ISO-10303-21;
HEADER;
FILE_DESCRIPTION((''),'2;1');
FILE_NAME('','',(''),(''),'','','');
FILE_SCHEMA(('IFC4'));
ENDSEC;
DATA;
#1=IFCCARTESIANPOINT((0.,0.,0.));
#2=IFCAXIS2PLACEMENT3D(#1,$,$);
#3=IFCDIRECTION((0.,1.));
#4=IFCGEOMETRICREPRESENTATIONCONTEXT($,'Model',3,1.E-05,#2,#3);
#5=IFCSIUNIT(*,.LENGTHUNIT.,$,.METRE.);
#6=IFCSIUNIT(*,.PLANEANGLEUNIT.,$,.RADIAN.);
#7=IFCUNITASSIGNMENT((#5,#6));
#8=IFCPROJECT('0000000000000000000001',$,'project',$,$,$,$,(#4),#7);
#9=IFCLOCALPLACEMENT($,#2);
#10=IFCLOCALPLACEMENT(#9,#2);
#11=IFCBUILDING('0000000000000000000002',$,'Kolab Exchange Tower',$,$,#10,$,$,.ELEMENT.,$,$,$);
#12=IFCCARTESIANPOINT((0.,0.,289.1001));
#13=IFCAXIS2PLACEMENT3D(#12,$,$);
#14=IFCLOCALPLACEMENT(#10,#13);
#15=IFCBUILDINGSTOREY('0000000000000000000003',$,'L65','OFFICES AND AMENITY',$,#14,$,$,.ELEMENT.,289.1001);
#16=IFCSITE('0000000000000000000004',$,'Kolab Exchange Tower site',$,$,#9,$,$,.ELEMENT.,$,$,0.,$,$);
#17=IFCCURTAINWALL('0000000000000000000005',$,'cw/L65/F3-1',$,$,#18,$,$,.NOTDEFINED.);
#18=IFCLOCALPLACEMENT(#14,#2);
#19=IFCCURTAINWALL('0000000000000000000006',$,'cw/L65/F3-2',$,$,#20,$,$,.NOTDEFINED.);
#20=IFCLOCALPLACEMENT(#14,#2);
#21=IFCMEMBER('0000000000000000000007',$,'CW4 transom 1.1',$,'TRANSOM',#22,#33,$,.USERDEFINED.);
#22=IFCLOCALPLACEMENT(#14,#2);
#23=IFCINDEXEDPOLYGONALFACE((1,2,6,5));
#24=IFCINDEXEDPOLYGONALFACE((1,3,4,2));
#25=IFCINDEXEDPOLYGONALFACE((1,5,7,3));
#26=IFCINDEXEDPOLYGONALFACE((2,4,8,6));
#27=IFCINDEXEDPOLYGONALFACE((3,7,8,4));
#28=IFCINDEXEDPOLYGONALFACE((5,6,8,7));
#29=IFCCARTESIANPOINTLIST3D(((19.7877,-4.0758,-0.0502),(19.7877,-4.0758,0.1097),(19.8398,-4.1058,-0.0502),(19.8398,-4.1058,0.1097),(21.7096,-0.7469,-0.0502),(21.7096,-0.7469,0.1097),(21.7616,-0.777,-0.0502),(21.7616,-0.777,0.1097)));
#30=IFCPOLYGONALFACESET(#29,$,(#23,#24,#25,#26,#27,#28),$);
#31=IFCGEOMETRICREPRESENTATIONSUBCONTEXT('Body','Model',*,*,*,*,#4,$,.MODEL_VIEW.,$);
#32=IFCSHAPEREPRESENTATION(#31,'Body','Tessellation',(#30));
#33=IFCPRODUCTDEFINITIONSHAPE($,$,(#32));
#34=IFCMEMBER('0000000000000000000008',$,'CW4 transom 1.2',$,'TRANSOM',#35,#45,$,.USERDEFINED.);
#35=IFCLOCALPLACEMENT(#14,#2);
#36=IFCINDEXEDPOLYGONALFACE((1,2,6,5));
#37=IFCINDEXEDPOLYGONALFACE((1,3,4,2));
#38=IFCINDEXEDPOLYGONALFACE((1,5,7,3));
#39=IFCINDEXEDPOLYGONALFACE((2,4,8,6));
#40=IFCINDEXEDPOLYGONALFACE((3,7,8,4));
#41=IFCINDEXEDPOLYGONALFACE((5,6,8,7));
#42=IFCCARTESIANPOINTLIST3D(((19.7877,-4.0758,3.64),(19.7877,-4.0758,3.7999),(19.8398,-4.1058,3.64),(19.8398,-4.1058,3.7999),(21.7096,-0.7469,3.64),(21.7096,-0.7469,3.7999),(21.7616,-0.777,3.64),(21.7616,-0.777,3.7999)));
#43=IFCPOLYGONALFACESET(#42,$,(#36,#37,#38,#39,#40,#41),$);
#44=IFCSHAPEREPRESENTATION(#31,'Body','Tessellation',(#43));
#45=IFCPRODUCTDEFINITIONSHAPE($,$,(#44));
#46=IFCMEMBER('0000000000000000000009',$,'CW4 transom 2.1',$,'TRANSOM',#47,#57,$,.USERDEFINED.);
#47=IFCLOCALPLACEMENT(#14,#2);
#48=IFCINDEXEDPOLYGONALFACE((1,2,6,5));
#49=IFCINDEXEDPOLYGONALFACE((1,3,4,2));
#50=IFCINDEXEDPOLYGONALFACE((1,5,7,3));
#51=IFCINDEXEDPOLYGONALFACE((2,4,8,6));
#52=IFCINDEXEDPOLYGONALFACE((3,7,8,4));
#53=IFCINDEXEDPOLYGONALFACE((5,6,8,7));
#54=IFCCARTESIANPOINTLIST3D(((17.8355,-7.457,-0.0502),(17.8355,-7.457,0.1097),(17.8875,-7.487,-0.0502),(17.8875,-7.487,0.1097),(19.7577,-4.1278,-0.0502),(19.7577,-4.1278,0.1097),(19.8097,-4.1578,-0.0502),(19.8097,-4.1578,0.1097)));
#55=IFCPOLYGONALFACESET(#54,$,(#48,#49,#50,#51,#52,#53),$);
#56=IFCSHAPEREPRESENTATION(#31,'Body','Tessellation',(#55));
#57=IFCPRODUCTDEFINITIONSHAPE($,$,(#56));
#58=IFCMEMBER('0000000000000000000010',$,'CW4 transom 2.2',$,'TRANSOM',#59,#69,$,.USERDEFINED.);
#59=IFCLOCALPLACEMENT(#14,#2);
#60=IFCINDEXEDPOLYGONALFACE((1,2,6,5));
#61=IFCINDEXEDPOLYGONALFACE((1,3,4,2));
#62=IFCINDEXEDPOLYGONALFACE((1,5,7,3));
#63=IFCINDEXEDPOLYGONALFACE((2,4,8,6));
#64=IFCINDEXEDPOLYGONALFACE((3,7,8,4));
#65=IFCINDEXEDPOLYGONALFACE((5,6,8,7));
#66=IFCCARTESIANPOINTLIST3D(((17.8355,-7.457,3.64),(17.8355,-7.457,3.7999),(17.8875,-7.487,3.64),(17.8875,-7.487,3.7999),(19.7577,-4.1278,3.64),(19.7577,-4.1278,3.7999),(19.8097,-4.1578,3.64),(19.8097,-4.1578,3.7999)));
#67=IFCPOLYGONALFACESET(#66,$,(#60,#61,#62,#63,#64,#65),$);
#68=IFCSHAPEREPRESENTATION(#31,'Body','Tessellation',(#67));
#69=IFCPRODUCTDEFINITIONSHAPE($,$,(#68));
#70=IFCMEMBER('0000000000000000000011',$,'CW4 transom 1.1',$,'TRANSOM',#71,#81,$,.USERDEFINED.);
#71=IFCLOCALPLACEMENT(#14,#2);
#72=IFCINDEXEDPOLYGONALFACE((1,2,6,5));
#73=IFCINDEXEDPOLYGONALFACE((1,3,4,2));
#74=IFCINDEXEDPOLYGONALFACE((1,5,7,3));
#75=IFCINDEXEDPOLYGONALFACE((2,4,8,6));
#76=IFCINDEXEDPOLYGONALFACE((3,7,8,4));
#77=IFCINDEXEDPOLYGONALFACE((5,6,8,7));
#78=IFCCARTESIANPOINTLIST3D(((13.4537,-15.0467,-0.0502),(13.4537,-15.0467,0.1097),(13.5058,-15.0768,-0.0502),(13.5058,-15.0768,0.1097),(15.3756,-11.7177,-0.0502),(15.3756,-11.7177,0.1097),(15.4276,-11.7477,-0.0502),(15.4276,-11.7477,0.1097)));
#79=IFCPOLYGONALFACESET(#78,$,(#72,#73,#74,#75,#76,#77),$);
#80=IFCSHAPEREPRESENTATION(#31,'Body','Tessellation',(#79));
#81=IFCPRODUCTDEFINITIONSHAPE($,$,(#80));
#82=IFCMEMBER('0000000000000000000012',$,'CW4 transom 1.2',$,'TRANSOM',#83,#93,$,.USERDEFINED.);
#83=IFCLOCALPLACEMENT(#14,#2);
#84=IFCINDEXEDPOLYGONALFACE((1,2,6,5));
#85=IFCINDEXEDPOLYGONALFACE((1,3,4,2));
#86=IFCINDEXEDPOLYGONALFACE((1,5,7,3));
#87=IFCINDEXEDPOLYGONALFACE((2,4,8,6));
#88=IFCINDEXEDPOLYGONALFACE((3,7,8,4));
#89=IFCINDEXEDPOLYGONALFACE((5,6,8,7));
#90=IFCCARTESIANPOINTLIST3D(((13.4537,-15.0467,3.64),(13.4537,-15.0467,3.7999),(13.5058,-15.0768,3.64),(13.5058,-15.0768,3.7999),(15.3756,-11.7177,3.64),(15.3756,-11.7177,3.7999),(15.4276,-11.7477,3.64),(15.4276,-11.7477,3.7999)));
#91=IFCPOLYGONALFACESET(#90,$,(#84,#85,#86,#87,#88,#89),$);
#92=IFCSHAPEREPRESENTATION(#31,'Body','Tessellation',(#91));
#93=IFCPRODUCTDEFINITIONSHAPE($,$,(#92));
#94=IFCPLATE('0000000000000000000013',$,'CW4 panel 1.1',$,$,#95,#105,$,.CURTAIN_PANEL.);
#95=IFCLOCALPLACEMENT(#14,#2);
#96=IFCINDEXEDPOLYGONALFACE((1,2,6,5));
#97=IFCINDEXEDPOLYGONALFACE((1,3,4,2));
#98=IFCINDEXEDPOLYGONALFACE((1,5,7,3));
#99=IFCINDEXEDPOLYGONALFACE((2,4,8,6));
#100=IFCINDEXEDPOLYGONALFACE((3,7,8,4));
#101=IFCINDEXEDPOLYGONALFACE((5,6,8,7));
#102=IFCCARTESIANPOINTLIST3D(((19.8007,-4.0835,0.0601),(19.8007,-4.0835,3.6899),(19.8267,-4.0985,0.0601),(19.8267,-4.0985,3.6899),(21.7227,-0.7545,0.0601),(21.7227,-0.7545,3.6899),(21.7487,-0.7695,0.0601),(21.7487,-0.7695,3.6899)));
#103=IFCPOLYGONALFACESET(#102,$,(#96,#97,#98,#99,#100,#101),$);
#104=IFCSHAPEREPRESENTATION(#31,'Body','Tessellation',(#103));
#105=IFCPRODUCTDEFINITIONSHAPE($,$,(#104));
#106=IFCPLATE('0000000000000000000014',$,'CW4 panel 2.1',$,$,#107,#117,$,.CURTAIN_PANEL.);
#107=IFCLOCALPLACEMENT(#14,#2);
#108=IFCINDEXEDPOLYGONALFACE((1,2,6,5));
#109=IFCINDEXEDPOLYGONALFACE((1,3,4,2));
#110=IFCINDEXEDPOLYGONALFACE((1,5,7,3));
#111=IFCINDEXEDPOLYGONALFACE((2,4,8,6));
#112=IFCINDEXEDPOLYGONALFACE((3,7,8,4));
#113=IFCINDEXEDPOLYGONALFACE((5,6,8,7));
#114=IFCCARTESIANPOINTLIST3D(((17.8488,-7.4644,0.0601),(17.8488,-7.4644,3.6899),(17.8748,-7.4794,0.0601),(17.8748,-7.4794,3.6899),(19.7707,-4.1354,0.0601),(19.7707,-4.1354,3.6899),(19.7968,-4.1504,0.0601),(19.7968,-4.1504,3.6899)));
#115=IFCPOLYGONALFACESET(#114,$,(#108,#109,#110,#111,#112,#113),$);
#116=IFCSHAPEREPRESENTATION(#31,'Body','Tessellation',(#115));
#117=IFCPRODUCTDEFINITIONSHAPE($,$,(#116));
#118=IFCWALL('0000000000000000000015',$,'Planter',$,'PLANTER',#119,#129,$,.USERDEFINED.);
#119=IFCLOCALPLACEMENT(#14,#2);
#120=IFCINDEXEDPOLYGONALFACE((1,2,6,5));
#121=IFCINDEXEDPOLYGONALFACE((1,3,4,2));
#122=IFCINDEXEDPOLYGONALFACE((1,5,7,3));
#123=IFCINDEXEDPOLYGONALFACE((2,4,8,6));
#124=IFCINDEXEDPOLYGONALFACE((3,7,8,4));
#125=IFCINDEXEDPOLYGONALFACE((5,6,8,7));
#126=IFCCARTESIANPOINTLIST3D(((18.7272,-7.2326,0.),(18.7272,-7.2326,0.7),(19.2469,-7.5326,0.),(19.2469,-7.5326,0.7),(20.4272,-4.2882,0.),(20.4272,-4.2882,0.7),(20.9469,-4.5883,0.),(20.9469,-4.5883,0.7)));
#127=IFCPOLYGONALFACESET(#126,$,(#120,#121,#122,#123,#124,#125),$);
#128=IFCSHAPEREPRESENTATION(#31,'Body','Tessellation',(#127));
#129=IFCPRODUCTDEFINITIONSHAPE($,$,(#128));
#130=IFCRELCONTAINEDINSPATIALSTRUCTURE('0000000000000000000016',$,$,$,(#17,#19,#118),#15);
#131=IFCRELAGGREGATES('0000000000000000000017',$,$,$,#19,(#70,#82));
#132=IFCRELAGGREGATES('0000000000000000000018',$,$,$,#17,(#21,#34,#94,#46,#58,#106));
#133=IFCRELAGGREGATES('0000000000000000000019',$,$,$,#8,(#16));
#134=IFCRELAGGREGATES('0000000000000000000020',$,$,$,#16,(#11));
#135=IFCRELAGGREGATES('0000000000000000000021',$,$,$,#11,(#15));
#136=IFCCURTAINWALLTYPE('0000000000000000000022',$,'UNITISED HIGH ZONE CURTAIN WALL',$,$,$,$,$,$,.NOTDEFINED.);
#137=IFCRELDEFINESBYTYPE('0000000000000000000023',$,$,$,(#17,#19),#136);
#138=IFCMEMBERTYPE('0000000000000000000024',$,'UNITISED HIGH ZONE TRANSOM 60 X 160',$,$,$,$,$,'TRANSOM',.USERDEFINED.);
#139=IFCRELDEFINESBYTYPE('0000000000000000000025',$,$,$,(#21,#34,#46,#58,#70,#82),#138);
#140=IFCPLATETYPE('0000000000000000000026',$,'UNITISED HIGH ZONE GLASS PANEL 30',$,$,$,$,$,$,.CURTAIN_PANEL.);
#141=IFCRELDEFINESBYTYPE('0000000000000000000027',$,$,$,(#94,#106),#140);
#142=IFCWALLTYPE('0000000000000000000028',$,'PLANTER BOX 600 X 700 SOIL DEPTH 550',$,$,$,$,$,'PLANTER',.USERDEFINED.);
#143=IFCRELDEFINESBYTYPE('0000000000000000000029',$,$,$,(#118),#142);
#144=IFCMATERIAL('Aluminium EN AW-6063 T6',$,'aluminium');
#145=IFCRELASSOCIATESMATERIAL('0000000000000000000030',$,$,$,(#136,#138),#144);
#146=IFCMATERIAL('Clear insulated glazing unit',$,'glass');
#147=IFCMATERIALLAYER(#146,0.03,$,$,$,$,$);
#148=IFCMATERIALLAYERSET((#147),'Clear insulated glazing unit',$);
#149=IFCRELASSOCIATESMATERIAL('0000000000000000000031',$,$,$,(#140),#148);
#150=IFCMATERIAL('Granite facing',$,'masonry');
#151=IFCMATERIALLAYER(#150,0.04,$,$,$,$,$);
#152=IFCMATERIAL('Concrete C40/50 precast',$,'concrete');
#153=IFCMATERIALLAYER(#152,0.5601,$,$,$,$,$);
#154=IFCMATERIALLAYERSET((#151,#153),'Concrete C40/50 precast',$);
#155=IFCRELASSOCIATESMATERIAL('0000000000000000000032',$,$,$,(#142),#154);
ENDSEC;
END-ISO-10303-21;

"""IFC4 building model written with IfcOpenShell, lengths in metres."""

from ifc_helpers import new_model, si_unit, direction, frame, frame_2d, origin, origin_2d, place, context, subcontext, project, spatial, rectangle, extrude, material, layer, layer_set, material_profile, profile_set, type_object, element, aggregate, save


model = new_model("IFC4")

# Units and contexts
model_context = context("Model", 3, precision=1e-05, world=origin(), true_north=direction((0.0, 1.0)))
body_context = subcontext(model_context, "Body", "Model", "MODEL_VIEW")
ifc_project = project(units=[si_unit("LENGTHUNIT", "METRE"), si_unit("PLANEANGLEUNIT", "RADIAN")], contexts=[model_context])

# Site, building, storey
site_placement = place(None, origin())
site = spatial("IfcSite", under=ifc_project, at=site_placement, Name="Kolab Exchange Tower site", CompositionType="ELEMENT", RefElevation=0.0)
building_placement = place(site_placement, origin())
building = spatial("IfcBuilding", under=site, at=building_placement, Name="Kolab Exchange Tower", CompositionType="ELEMENT")
storey_placement = place(building_placement, frame((0.0, 0.0, 289.1001)))
storey = spatial("IfcBuildingStorey", under=building, at=storey_placement, Name="L65", Description="OFFICES AND AMENITY", CompositionType="ELEMENT", Elevation=289.1001)

# Curtain wall
ifc_material_1 = material(Name="Aluminium EN AW-6063 T6", Category="aluminium")
curtain_wall_type = type_object("IfcCurtainWallType", Name="UNITISED HIGH ZONE CURTAIN WALL", PredefinedType="NOTDEFINED", material=ifc_material_1)
curtain_wall_1_placement = place(storey_placement, origin())
curtain_wall_1 = element("IfcCurtainWall", 1, at=curtain_wall_1_placement, inside=storey, type_object=curtain_wall_type, Name="cw/L65/F3-1", PredefinedType="NOTDEFINED")

# Curtain wall
curtain_wall_2_placement = place(storey_placement, origin())
curtain_wall_2 = element("IfcCurtainWall", 2, at=curtain_wall_2_placement, inside=storey, type_object=curtain_wall_type, Name="cw/L65/F3-2", PredefinedType="NOTDEFINED")

# Members
ifc_material_profile_1 = material_profile(ifc_material_1, rectangle(XDim=0.0601, YDim=0.1599, at=origin_2d()), Name="RECT 60X160")
ifc_profile_set_1 = profile_set([ifc_material_profile_1], Name="Aluminium EN AW-6063 T6")
member_type_1 = type_object("IfcMemberType", Name="UNITISED HIGH ZONE TRANSOM 60 X 160", ElementType="TRANSOM", PredefinedType="USERDEFINED", material=ifc_profile_set_1)
member_1_placement = place(storey_placement, frame((21.7356, -0.762, 0.0298), z_axis=(-0.499992, -0.86603, 0.0), x_axis=(0.86603, -0.499992, 0.0)))
member_1 = element("IfcMember", 3, at=member_1_placement, type_object=member_type_1, Name="CW4 transom 1.1", ObjectType="TRANSOM", PredefinedType="USERDEFINED", context=body_context, shape_type="SweptSolid", body=[
    extrude(rectangle(XDim=0.0601, YDim=0.1599, at=origin_2d()), origin(), (0.0, 0.0, 1.0), 3.8438),
])
member_2_placement = place(storey_placement, frame((21.7356, -0.762, 3.72), z_axis=(-0.499992, -0.86603, 0.0), x_axis=(0.86603, -0.499992, 0.0)))
member_2 = element("IfcMember", 4, at=member_2_placement, type_object=member_type_1, Name="CW4 transom 1.2", ObjectType="TRANSOM", PredefinedType="USERDEFINED", context=body_context, shape_type="SweptSolid", body=[
    extrude(rectangle(XDim=0.0601, YDim=0.1599, at=origin_2d()), origin(), (0.0, 0.0, 1.0), 3.8438),
])
member_3_placement = place(storey_placement, frame((19.7837, -4.1428, 0.0298), z_axis=(-0.500012, -0.866018, 0.0), x_axis=(0.866018, -0.500012, 0.0)))
member_3 = element("IfcMember", 5, at=member_3_placement, type_object=member_type_1, Name="CW4 transom 2.1", ObjectType="TRANSOM", PredefinedType="USERDEFINED", context=body_context, shape_type="SweptSolid", body=[
    extrude(rectangle(XDim=0.0601, YDim=0.1599, at=origin_2d()), origin(), (0.0, 0.0, 1.0), 3.8442),
])
member_4_placement = place(storey_placement, frame((19.7837, -4.1428, 3.72), z_axis=(-0.500012, -0.866018, 0.0), x_axis=(0.866018, -0.500012, 0.0)))
member_4 = element("IfcMember", 6, at=member_4_placement, type_object=member_type_1, Name="CW4 transom 2.2", ObjectType="TRANSOM", PredefinedType="USERDEFINED", context=body_context, shape_type="SweptSolid", body=[
    extrude(rectangle(XDim=0.0601, YDim=0.1599, at=origin_2d()), origin(), (0.0, 0.0, 1.0), 3.8442),
])
member_5_placement = place(storey_placement, frame((15.4016, -11.7327, 0.0298), z_axis=(-0.499964, -0.866046, 0.0), x_axis=(0.866046, -0.499964, 0.0)))
member_5 = element("IfcMember", 7, at=member_5_placement, type_object=member_type_1, Name="CW4 transom 1.1", ObjectType="TRANSOM", PredefinedType="USERDEFINED", context=body_context, shape_type="SweptSolid", body=[
    extrude(rectangle(XDim=0.0601, YDim=0.1599, at=origin_2d()), origin(), (0.0, 0.0, 1.0), 3.844),
])
member_6_placement = place(storey_placement, frame((15.4016, -11.7327, 3.72), z_axis=(-0.499964, -0.866046, 0.0), x_axis=(0.866046, -0.499964, 0.0)))
member_6 = element("IfcMember", 8, at=member_6_placement, type_object=member_type_1, Name="CW4 transom 1.2", ObjectType="TRANSOM", PredefinedType="USERDEFINED", context=body_context, shape_type="SweptSolid", body=[
    extrude(rectangle(XDim=0.0601, YDim=0.1599, at=origin_2d()), origin(), (0.0, 0.0, 1.0), 3.844),
])
aggregate(curtain_wall_2, [member_5, member_6])

# Plates
ifc_material_2 = material(Name="Clear insulated glazing unit", Category="glass")
ifc_layer_1 = layer(ifc_material_2, 0.03)
ifc_layer_set_1 = layer_set([ifc_layer_1], Name="Clear insulated glazing unit")
plate_type = type_object("IfcPlateType", Name="UNITISED HIGH ZONE GLASS PANEL 30", PredefinedType="CURTAIN_PANEL", material=ifc_layer_set_1)
plate_1_placement = place(storey_placement, frame((20.7747, -2.4265, 0.0601), z_axis=(0.0, 0.0, 1.0), x_axis=(-0.5, -0.866025, 0.0)))
plate_1 = element("IfcPlate", 9, at=plate_1_placement, type_object=plate_type, Name="CW4 panel 1.1", PredefinedType="CURTAIN_PANEL", context=body_context, shape_type="SweptSolid", body=[
    extrude(rectangle(XDim=3.844, YDim=0.03, at=origin_2d()), origin(), (0.0, 0.0, 1.0), 3.6299),
])
plate_2_placement = place(storey_placement, frame((18.8228, -5.8074, 0.0601), z_axis=(0.0, 0.0, 1.0), x_axis=(-0.5, -0.866025, 0.0)))
plate_2 = element("IfcPlate", 10, at=plate_2_placement, type_object=plate_type, Name="CW4 panel 2.1", PredefinedType="CURTAIN_PANEL", context=body_context, shape_type="SweptSolid", body=[
    extrude(rectangle(XDim=3.844, YDim=0.03, at=origin_2d()), origin(), (0.0, 0.0, 1.0), 3.6299),
])
aggregate(curtain_wall_1, [member_1, member_2, plate_1, member_3, member_4, plate_2])

# Wall
ifc_material_3 = material(Name="Granite facing", Category="masonry")
ifc_layer_2 = layer(ifc_material_3, 0.04)
ifc_material_4 = material(Name="Concrete C40/50 precast", Category="concrete")
ifc_layer_3 = layer(ifc_material_4, 0.5601)
ifc_layer_set_2 = layer_set([ifc_layer_2, ifc_layer_3], Name="Concrete C40/50 precast")
wall_type_1 = type_object("IfcWallType", Name="PLANTER BOX 600 X 700 SOIL DEPTH 550", ElementType="PLANTER", PredefinedType="USERDEFINED", material=ifc_layer_set_2)
wall_1_placement = place(storey_placement, frame((20.687, -4.4382, 0.0), z_axis=(0.0, 0.0, 1.0), x_axis=(-0.500008, -0.866021, 0.0)))
element("IfcWall", 11, at=wall_1_placement, inside=storey, type_object=wall_type_1, Name="Planter", ObjectType="PLANTER", PredefinedType="USERDEFINED", context=body_context, shape_type="SweptSolid", body=[
    extrude(rectangle(XDim=3.3999, YDim=0.6001, at=frame_2d((1.7, 0.0))), origin(), (0.0, 0.0, 1.0), 0.7),
])

save(model, "model.ifc")
